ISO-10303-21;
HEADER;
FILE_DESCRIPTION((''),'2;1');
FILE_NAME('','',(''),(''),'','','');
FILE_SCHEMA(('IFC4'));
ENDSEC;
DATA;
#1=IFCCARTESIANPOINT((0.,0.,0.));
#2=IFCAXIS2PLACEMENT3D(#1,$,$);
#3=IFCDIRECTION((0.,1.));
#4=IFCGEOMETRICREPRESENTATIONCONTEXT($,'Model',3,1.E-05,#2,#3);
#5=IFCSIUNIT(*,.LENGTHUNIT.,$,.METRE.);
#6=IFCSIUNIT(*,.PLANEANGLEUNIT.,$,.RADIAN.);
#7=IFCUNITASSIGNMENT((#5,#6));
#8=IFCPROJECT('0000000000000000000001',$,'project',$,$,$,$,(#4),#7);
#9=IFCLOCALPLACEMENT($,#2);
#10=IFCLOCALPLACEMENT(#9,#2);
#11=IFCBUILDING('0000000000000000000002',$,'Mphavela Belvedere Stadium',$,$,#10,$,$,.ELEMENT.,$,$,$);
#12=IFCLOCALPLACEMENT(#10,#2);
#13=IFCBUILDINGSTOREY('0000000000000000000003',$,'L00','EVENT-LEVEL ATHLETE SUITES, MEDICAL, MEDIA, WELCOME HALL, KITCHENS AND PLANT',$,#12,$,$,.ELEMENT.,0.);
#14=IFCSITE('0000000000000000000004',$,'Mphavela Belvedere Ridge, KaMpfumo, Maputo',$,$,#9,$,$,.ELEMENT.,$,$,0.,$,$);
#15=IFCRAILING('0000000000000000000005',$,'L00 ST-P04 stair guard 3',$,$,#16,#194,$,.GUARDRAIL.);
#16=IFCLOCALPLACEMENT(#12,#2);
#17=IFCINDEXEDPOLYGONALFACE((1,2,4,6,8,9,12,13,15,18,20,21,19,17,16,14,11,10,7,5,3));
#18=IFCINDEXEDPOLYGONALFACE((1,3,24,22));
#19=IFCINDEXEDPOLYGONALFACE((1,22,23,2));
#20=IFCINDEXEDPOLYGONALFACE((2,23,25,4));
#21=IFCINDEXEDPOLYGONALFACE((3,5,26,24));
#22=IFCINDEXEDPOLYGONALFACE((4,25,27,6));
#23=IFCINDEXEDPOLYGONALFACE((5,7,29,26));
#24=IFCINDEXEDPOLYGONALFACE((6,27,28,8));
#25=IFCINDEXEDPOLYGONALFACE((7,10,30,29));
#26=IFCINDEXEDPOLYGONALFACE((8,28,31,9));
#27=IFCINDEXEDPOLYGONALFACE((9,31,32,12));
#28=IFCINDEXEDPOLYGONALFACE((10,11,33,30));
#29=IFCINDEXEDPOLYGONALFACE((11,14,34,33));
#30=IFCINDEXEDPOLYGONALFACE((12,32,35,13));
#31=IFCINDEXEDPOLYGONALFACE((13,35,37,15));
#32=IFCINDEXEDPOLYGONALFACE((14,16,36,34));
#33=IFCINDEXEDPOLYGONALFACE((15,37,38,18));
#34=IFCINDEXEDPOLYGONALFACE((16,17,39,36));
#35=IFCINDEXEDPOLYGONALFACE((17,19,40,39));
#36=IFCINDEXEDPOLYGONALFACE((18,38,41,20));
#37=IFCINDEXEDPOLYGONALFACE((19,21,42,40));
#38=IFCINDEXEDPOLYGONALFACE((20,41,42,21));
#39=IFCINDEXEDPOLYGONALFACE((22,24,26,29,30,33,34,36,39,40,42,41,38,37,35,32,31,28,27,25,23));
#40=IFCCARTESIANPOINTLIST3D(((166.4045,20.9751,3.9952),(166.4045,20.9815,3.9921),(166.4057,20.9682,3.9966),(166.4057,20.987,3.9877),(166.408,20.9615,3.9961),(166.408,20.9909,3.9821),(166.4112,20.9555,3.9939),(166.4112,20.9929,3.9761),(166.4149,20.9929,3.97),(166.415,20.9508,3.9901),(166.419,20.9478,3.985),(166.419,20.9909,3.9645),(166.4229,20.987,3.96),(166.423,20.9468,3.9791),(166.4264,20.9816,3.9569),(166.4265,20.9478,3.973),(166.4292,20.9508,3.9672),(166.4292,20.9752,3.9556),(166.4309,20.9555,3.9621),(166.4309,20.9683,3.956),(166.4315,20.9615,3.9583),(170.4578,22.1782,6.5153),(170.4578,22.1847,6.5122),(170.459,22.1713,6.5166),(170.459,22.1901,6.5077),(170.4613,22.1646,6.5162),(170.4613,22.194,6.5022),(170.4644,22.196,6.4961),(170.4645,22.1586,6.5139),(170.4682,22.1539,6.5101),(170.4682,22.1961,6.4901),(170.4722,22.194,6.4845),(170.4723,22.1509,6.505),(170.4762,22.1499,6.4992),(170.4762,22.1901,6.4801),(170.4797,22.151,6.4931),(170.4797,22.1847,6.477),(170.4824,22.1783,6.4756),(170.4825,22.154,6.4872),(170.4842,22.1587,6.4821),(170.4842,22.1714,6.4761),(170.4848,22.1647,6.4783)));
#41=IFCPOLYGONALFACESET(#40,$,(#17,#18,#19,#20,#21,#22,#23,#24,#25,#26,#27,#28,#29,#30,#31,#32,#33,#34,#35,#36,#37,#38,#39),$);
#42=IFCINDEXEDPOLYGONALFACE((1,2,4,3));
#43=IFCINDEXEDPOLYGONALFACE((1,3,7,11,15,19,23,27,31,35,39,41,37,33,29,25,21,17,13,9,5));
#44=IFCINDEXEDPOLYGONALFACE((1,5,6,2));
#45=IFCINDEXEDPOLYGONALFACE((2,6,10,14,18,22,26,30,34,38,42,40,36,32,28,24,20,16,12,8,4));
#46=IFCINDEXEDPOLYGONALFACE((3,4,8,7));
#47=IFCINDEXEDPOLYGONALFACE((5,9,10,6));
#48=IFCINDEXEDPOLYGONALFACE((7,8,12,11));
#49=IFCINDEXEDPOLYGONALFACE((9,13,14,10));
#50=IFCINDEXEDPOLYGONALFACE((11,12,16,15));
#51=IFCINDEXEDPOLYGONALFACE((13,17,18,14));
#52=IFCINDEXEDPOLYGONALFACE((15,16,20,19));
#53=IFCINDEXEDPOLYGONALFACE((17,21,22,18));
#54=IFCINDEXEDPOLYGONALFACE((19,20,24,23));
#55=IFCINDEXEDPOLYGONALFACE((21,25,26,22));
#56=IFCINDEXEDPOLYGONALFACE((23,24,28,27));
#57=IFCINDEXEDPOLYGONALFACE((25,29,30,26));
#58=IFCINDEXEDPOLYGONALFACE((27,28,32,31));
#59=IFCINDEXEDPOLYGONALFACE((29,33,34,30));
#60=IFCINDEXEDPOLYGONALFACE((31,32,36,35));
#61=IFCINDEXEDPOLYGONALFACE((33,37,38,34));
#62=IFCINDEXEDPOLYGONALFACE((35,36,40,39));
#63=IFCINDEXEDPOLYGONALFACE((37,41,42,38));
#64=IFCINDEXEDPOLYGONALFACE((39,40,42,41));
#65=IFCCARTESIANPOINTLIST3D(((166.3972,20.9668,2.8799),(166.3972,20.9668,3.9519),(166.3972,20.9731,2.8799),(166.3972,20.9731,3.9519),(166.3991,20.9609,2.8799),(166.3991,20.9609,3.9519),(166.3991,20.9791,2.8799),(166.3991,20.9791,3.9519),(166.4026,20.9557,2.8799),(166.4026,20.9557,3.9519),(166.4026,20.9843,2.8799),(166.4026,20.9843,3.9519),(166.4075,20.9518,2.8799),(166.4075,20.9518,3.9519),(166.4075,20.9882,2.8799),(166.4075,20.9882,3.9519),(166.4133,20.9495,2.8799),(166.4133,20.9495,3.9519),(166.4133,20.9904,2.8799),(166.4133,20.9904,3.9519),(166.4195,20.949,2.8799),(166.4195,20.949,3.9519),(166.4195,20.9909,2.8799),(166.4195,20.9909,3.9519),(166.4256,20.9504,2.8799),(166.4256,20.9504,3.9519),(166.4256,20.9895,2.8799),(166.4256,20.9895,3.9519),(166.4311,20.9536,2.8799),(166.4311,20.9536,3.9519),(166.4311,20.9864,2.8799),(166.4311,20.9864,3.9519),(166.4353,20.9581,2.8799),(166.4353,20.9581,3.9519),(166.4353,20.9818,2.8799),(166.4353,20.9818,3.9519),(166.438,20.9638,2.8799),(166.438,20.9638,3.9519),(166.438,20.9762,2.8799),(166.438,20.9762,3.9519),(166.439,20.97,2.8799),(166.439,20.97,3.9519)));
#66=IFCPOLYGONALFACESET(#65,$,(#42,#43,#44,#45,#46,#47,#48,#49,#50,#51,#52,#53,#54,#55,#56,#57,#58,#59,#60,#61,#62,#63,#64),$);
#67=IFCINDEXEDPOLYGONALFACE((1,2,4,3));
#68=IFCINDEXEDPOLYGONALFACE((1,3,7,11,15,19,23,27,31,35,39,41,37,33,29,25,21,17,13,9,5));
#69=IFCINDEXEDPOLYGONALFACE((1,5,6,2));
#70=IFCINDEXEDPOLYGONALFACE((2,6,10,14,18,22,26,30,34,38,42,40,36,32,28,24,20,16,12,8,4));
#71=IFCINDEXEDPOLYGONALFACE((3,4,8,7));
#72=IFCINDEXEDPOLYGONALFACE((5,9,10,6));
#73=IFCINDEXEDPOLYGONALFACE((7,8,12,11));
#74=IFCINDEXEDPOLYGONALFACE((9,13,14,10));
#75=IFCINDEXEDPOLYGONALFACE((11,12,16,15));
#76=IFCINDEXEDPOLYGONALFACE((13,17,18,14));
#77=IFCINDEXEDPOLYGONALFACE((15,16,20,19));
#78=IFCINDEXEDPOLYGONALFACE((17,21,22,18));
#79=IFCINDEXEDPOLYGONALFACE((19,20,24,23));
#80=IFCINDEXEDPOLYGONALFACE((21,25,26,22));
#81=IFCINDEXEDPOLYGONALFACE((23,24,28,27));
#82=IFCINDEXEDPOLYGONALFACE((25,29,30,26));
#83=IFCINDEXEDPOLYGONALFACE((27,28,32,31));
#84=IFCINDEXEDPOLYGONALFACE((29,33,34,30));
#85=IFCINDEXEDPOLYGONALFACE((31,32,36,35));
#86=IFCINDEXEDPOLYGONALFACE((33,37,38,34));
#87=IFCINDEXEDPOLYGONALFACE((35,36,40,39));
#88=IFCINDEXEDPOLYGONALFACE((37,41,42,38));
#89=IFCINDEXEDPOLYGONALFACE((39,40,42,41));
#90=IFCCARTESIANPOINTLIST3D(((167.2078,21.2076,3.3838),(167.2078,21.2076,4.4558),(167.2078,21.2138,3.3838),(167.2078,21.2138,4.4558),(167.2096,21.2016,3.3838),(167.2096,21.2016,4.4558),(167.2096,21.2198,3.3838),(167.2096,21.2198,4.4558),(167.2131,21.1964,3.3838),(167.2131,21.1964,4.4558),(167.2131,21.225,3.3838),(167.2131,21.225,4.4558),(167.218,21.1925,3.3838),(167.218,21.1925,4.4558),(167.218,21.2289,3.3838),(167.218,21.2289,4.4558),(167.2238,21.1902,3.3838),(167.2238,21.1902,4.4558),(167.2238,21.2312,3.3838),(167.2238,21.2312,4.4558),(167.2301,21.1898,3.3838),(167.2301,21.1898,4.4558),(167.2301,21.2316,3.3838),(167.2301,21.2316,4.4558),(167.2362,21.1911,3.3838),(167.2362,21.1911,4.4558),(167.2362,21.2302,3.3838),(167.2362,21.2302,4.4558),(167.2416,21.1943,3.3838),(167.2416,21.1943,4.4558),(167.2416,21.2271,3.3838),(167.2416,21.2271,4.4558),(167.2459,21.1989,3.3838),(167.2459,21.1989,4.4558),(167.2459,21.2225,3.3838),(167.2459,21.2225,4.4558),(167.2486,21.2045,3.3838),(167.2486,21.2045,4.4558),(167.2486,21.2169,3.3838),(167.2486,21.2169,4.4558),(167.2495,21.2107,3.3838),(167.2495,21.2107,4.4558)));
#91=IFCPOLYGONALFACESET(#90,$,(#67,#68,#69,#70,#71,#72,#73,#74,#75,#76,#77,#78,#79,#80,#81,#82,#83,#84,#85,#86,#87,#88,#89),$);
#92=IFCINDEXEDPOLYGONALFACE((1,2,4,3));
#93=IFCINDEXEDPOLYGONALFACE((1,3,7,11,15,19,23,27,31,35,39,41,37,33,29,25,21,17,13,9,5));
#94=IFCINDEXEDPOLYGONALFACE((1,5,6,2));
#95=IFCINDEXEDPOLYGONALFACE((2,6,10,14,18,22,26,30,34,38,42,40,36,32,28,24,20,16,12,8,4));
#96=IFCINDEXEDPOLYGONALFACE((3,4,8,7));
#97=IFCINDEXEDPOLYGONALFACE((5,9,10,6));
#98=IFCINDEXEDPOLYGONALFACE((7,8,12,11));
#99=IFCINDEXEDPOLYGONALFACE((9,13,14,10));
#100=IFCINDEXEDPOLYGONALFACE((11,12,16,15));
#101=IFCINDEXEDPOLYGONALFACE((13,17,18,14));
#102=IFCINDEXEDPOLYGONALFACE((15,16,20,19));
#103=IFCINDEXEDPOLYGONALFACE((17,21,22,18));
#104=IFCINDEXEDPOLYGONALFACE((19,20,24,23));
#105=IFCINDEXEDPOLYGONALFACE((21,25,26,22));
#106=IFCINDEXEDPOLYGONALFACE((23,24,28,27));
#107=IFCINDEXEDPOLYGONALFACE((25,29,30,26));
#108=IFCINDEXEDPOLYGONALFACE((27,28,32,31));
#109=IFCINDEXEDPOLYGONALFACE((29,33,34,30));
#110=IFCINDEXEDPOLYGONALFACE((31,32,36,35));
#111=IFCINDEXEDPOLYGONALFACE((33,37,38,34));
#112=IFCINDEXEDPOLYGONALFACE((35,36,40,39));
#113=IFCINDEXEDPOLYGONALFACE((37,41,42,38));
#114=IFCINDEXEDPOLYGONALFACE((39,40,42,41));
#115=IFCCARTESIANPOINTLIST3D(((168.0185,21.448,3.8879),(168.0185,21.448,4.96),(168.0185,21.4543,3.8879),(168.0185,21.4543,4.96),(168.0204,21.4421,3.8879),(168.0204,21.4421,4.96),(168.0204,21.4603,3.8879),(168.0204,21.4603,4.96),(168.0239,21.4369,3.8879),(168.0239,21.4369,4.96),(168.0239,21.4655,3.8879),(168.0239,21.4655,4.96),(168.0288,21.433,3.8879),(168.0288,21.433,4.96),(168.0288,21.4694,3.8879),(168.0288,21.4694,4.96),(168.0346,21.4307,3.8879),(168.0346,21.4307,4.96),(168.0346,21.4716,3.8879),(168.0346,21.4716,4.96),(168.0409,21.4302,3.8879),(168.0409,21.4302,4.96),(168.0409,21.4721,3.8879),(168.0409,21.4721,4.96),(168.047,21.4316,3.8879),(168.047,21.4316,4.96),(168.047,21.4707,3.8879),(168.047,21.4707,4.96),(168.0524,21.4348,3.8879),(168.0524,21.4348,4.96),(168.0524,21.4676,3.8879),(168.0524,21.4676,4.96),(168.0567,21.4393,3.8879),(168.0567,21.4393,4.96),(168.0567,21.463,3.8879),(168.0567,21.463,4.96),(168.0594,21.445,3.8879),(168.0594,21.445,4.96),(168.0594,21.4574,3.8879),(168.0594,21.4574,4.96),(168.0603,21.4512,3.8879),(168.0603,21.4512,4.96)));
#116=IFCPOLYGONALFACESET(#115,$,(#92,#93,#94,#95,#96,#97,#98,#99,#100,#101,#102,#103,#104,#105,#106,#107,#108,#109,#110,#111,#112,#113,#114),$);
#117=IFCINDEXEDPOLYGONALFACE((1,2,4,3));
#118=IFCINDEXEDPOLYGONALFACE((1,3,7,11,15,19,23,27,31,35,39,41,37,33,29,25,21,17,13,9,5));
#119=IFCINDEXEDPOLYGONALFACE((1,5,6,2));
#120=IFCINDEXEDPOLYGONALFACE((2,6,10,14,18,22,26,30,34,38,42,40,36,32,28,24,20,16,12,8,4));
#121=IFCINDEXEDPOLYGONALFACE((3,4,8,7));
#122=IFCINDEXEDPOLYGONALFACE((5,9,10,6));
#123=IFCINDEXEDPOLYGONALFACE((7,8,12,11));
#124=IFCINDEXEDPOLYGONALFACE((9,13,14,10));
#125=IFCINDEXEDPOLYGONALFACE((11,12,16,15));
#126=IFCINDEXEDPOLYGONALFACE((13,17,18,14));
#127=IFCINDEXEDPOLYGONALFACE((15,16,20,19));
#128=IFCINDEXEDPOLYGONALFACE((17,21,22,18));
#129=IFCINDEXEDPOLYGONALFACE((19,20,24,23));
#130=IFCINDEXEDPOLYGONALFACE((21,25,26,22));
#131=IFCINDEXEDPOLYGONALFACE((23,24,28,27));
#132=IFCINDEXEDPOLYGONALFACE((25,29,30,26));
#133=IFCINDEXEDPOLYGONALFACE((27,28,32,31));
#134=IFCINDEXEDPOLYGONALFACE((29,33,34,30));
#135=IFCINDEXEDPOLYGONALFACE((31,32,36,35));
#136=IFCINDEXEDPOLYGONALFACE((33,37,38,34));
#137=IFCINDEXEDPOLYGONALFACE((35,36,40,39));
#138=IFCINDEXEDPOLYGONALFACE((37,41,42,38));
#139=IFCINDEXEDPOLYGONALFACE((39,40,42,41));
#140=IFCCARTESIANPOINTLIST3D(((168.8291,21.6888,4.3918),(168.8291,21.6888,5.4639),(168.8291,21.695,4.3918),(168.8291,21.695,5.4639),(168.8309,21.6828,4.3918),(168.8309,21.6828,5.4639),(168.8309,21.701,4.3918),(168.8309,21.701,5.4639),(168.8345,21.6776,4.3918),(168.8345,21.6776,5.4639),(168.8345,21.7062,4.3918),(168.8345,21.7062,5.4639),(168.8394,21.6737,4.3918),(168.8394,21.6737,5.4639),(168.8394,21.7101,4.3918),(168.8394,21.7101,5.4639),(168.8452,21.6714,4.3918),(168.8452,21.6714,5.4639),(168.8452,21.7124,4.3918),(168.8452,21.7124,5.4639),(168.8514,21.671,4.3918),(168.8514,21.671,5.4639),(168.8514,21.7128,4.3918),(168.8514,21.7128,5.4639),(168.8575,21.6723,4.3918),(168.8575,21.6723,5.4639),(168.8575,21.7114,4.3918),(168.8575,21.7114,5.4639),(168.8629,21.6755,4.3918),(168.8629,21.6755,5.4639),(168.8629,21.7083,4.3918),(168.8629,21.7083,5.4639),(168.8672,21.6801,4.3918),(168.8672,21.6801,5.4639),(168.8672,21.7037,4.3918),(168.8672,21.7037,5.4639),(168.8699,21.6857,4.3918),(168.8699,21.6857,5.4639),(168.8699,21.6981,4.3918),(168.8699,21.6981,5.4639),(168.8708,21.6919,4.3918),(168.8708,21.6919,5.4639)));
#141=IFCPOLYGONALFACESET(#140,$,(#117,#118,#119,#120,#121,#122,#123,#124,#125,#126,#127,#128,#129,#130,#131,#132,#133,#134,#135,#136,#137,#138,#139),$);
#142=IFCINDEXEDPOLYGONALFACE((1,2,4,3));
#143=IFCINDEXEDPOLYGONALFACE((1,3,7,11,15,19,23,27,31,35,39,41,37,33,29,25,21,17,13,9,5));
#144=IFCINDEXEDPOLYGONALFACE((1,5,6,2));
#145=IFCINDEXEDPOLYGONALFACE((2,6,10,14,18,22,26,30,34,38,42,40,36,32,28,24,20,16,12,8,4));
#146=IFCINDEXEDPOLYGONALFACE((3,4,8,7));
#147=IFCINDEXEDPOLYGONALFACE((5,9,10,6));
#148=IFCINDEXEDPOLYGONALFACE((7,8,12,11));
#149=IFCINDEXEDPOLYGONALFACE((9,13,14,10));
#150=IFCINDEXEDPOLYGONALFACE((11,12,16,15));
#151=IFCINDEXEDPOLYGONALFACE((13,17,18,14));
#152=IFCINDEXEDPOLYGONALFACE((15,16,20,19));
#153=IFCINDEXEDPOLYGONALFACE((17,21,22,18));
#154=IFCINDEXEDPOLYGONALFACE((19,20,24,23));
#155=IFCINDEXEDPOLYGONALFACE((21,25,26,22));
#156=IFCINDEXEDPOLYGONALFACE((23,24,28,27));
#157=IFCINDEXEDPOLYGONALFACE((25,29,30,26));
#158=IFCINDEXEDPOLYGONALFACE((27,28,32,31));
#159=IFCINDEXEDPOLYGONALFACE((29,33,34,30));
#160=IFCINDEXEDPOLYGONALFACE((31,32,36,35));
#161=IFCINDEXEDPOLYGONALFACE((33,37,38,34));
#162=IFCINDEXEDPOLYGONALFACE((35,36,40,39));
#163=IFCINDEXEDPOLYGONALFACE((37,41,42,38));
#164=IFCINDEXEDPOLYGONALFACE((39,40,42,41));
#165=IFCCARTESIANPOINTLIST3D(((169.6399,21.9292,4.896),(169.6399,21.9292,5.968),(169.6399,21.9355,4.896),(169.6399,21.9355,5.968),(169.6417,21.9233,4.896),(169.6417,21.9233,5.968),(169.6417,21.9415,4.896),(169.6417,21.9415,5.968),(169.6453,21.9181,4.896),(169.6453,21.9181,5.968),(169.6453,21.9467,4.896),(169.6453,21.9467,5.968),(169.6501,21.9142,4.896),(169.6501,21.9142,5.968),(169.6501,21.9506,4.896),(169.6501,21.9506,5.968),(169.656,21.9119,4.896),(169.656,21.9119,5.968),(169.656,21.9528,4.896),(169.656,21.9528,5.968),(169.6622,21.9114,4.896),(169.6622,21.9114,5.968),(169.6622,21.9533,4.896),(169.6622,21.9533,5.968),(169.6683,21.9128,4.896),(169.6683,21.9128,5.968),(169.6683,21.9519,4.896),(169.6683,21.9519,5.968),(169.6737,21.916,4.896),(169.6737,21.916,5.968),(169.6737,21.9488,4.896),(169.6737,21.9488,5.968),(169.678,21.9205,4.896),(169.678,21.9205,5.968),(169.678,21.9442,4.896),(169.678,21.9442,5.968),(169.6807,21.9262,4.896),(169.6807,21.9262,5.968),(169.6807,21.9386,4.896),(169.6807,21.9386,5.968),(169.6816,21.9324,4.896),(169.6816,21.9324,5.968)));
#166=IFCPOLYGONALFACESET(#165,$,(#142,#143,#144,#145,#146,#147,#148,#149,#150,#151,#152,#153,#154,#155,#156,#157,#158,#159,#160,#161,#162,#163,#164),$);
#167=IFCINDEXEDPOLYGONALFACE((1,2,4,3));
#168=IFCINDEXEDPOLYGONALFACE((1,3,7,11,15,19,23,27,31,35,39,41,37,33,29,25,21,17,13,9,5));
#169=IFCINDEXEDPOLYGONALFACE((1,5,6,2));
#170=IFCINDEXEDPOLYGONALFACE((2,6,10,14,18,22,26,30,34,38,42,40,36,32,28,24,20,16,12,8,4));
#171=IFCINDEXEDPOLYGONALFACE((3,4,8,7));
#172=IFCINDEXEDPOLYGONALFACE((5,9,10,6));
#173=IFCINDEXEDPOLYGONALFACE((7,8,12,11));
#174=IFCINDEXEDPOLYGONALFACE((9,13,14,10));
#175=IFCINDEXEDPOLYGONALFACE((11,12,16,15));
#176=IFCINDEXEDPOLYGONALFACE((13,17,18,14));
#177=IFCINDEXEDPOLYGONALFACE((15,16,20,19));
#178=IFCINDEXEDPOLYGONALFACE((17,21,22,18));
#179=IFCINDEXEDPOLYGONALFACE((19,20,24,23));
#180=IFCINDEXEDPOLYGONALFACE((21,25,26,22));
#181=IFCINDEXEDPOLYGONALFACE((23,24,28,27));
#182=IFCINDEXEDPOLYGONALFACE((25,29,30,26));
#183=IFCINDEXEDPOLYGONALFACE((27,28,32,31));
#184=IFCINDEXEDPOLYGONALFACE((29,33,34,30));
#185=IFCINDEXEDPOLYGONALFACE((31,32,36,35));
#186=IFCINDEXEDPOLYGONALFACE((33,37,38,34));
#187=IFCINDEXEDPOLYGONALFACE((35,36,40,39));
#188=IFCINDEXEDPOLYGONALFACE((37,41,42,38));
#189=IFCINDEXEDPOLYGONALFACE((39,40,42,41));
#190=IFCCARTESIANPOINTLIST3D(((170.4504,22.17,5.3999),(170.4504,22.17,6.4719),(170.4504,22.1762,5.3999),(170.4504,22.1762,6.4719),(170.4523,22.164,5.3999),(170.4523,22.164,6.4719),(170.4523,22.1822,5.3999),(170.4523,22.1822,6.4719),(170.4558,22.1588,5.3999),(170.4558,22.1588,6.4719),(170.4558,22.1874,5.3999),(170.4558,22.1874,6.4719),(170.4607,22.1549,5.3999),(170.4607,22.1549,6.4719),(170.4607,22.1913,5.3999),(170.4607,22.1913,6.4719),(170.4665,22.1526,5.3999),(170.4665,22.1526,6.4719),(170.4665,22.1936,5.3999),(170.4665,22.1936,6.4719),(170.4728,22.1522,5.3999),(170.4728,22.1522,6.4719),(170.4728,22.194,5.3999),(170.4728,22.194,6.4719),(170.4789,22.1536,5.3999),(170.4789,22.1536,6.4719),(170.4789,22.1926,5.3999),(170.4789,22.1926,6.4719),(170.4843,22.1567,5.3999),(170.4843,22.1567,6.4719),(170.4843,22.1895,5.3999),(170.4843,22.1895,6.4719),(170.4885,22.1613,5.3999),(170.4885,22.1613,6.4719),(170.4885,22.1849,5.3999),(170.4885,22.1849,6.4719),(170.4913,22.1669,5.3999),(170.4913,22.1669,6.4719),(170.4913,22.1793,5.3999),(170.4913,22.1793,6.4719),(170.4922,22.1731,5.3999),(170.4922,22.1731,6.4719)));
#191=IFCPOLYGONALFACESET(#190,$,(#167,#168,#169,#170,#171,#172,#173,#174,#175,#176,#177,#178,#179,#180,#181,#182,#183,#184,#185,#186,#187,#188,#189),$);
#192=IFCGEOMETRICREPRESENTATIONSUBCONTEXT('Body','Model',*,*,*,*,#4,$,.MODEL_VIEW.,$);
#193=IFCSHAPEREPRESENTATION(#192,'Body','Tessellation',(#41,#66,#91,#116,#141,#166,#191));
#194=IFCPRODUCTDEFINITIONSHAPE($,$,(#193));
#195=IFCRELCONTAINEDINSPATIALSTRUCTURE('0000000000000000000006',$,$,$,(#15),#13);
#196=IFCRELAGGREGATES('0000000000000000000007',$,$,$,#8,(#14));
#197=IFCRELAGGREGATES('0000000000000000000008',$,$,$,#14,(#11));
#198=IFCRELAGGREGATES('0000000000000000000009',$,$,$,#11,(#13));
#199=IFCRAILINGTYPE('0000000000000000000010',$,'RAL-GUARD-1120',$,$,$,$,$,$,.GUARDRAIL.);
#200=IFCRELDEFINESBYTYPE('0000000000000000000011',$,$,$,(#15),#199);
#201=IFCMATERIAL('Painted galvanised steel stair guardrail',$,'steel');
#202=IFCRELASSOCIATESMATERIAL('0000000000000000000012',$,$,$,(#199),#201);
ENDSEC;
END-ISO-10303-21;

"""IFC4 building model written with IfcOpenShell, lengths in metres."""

from ifc_helpers import new_model, si_unit, direction, frame, origin, origin_2d, place, context, subcontext, project, spatial, circle, extrude, material, type_object, element, save


model = new_model("IFC4")

# Units and contexts
model_context = context("Model", 3, precision=1e-05, world=origin(), true_north=direction((0.0, 1.0)))
body_context = subcontext(model_context, "Body", "Model", "MODEL_VIEW")
ifc_project = project(units=[si_unit("LENGTHUNIT", "METRE"), si_unit("PLANEANGLEUNIT", "RADIAN")], contexts=[model_context])

# Site, building, storey
site_placement = place(None, origin())
site = spatial("IfcSite", under=ifc_project, at=site_placement, Name="Mphavela Belvedere Ridge, KaMpfumo, Maputo", CompositionType="ELEMENT", RefElevation=0.0)
building_placement = place(site_placement, origin())
building = spatial("IfcBuilding", under=site, at=building_placement, Name="Mphavela Belvedere Stadium", CompositionType="ELEMENT")
storey_placement = place(building_placement, origin())
storey = spatial("IfcBuildingStorey", under=building, at=storey_placement, Name="L00", Description="EVENT-LEVEL ATHLETE SUITES, MEDICAL, MEDIA, WELCOME HALL, KITCHENS AND PLANT", CompositionType="ELEMENT", Elevation=0.0)

# Railing
ifc_material_1 = material(Name="Painted galvanised steel stair guardrail", Category="steel")
railing_type_1 = type_object("IfcRailingType", Name="RAL-GUARD-1120", PredefinedType="GUARDRAIL", material=ifc_material_1)
railing_1_placement = place(storey_placement, frame((166.418, 20.97, 2.8799)))
element("IfcRailing", 1, at=railing_1_placement, inside=storey, type_object=railing_type_1, Name="L00 ST-P04 stair guard 3", PredefinedType="GUARDRAIL", context=body_context, shape_type="SweptSolid", body=[
    extrude(circle(Radius=0.0239, at=origin_2d()), frame((0.0, 0.0, 1.0962), z_axis=(0.823482, 0.244436, 0.511985), x_axis=(-0.28456, 0.958658, 0.0)), (0.0, 0.0, 1.0), 4.9221),
    extrude(circle(Radius=0.021, at=origin_2d()), origin(), (0.0, 0.0, 1.0), 1.072),
    extrude(circle(Radius=0.021, at=origin_2d()), frame((0.8105, 0.2407, 0.5039)), (0.0, 0.0, 1.0), 1.072),
    extrude(circle(Radius=0.021, at=origin_2d()), frame((1.6213, 0.4812, 1.0081)), (0.0, 0.0, 1.0), 1.072),
    extrude(circle(Radius=0.021, at=origin_2d()), frame((2.4319, 0.7219, 1.512)), (0.0, 0.0, 1.0), 1.072),
    extrude(circle(Radius=0.021, at=origin_2d()), frame((3.2427, 0.9624, 2.0161)), (0.0, 0.0, 1.0), 1.072),
    extrude(circle(Radius=0.021, at=origin_2d()), frame((4.0532, 1.2031, 2.52)), (0.0, 0.0, 1.0), 1.072),
])

save(model, "model.ifc")
